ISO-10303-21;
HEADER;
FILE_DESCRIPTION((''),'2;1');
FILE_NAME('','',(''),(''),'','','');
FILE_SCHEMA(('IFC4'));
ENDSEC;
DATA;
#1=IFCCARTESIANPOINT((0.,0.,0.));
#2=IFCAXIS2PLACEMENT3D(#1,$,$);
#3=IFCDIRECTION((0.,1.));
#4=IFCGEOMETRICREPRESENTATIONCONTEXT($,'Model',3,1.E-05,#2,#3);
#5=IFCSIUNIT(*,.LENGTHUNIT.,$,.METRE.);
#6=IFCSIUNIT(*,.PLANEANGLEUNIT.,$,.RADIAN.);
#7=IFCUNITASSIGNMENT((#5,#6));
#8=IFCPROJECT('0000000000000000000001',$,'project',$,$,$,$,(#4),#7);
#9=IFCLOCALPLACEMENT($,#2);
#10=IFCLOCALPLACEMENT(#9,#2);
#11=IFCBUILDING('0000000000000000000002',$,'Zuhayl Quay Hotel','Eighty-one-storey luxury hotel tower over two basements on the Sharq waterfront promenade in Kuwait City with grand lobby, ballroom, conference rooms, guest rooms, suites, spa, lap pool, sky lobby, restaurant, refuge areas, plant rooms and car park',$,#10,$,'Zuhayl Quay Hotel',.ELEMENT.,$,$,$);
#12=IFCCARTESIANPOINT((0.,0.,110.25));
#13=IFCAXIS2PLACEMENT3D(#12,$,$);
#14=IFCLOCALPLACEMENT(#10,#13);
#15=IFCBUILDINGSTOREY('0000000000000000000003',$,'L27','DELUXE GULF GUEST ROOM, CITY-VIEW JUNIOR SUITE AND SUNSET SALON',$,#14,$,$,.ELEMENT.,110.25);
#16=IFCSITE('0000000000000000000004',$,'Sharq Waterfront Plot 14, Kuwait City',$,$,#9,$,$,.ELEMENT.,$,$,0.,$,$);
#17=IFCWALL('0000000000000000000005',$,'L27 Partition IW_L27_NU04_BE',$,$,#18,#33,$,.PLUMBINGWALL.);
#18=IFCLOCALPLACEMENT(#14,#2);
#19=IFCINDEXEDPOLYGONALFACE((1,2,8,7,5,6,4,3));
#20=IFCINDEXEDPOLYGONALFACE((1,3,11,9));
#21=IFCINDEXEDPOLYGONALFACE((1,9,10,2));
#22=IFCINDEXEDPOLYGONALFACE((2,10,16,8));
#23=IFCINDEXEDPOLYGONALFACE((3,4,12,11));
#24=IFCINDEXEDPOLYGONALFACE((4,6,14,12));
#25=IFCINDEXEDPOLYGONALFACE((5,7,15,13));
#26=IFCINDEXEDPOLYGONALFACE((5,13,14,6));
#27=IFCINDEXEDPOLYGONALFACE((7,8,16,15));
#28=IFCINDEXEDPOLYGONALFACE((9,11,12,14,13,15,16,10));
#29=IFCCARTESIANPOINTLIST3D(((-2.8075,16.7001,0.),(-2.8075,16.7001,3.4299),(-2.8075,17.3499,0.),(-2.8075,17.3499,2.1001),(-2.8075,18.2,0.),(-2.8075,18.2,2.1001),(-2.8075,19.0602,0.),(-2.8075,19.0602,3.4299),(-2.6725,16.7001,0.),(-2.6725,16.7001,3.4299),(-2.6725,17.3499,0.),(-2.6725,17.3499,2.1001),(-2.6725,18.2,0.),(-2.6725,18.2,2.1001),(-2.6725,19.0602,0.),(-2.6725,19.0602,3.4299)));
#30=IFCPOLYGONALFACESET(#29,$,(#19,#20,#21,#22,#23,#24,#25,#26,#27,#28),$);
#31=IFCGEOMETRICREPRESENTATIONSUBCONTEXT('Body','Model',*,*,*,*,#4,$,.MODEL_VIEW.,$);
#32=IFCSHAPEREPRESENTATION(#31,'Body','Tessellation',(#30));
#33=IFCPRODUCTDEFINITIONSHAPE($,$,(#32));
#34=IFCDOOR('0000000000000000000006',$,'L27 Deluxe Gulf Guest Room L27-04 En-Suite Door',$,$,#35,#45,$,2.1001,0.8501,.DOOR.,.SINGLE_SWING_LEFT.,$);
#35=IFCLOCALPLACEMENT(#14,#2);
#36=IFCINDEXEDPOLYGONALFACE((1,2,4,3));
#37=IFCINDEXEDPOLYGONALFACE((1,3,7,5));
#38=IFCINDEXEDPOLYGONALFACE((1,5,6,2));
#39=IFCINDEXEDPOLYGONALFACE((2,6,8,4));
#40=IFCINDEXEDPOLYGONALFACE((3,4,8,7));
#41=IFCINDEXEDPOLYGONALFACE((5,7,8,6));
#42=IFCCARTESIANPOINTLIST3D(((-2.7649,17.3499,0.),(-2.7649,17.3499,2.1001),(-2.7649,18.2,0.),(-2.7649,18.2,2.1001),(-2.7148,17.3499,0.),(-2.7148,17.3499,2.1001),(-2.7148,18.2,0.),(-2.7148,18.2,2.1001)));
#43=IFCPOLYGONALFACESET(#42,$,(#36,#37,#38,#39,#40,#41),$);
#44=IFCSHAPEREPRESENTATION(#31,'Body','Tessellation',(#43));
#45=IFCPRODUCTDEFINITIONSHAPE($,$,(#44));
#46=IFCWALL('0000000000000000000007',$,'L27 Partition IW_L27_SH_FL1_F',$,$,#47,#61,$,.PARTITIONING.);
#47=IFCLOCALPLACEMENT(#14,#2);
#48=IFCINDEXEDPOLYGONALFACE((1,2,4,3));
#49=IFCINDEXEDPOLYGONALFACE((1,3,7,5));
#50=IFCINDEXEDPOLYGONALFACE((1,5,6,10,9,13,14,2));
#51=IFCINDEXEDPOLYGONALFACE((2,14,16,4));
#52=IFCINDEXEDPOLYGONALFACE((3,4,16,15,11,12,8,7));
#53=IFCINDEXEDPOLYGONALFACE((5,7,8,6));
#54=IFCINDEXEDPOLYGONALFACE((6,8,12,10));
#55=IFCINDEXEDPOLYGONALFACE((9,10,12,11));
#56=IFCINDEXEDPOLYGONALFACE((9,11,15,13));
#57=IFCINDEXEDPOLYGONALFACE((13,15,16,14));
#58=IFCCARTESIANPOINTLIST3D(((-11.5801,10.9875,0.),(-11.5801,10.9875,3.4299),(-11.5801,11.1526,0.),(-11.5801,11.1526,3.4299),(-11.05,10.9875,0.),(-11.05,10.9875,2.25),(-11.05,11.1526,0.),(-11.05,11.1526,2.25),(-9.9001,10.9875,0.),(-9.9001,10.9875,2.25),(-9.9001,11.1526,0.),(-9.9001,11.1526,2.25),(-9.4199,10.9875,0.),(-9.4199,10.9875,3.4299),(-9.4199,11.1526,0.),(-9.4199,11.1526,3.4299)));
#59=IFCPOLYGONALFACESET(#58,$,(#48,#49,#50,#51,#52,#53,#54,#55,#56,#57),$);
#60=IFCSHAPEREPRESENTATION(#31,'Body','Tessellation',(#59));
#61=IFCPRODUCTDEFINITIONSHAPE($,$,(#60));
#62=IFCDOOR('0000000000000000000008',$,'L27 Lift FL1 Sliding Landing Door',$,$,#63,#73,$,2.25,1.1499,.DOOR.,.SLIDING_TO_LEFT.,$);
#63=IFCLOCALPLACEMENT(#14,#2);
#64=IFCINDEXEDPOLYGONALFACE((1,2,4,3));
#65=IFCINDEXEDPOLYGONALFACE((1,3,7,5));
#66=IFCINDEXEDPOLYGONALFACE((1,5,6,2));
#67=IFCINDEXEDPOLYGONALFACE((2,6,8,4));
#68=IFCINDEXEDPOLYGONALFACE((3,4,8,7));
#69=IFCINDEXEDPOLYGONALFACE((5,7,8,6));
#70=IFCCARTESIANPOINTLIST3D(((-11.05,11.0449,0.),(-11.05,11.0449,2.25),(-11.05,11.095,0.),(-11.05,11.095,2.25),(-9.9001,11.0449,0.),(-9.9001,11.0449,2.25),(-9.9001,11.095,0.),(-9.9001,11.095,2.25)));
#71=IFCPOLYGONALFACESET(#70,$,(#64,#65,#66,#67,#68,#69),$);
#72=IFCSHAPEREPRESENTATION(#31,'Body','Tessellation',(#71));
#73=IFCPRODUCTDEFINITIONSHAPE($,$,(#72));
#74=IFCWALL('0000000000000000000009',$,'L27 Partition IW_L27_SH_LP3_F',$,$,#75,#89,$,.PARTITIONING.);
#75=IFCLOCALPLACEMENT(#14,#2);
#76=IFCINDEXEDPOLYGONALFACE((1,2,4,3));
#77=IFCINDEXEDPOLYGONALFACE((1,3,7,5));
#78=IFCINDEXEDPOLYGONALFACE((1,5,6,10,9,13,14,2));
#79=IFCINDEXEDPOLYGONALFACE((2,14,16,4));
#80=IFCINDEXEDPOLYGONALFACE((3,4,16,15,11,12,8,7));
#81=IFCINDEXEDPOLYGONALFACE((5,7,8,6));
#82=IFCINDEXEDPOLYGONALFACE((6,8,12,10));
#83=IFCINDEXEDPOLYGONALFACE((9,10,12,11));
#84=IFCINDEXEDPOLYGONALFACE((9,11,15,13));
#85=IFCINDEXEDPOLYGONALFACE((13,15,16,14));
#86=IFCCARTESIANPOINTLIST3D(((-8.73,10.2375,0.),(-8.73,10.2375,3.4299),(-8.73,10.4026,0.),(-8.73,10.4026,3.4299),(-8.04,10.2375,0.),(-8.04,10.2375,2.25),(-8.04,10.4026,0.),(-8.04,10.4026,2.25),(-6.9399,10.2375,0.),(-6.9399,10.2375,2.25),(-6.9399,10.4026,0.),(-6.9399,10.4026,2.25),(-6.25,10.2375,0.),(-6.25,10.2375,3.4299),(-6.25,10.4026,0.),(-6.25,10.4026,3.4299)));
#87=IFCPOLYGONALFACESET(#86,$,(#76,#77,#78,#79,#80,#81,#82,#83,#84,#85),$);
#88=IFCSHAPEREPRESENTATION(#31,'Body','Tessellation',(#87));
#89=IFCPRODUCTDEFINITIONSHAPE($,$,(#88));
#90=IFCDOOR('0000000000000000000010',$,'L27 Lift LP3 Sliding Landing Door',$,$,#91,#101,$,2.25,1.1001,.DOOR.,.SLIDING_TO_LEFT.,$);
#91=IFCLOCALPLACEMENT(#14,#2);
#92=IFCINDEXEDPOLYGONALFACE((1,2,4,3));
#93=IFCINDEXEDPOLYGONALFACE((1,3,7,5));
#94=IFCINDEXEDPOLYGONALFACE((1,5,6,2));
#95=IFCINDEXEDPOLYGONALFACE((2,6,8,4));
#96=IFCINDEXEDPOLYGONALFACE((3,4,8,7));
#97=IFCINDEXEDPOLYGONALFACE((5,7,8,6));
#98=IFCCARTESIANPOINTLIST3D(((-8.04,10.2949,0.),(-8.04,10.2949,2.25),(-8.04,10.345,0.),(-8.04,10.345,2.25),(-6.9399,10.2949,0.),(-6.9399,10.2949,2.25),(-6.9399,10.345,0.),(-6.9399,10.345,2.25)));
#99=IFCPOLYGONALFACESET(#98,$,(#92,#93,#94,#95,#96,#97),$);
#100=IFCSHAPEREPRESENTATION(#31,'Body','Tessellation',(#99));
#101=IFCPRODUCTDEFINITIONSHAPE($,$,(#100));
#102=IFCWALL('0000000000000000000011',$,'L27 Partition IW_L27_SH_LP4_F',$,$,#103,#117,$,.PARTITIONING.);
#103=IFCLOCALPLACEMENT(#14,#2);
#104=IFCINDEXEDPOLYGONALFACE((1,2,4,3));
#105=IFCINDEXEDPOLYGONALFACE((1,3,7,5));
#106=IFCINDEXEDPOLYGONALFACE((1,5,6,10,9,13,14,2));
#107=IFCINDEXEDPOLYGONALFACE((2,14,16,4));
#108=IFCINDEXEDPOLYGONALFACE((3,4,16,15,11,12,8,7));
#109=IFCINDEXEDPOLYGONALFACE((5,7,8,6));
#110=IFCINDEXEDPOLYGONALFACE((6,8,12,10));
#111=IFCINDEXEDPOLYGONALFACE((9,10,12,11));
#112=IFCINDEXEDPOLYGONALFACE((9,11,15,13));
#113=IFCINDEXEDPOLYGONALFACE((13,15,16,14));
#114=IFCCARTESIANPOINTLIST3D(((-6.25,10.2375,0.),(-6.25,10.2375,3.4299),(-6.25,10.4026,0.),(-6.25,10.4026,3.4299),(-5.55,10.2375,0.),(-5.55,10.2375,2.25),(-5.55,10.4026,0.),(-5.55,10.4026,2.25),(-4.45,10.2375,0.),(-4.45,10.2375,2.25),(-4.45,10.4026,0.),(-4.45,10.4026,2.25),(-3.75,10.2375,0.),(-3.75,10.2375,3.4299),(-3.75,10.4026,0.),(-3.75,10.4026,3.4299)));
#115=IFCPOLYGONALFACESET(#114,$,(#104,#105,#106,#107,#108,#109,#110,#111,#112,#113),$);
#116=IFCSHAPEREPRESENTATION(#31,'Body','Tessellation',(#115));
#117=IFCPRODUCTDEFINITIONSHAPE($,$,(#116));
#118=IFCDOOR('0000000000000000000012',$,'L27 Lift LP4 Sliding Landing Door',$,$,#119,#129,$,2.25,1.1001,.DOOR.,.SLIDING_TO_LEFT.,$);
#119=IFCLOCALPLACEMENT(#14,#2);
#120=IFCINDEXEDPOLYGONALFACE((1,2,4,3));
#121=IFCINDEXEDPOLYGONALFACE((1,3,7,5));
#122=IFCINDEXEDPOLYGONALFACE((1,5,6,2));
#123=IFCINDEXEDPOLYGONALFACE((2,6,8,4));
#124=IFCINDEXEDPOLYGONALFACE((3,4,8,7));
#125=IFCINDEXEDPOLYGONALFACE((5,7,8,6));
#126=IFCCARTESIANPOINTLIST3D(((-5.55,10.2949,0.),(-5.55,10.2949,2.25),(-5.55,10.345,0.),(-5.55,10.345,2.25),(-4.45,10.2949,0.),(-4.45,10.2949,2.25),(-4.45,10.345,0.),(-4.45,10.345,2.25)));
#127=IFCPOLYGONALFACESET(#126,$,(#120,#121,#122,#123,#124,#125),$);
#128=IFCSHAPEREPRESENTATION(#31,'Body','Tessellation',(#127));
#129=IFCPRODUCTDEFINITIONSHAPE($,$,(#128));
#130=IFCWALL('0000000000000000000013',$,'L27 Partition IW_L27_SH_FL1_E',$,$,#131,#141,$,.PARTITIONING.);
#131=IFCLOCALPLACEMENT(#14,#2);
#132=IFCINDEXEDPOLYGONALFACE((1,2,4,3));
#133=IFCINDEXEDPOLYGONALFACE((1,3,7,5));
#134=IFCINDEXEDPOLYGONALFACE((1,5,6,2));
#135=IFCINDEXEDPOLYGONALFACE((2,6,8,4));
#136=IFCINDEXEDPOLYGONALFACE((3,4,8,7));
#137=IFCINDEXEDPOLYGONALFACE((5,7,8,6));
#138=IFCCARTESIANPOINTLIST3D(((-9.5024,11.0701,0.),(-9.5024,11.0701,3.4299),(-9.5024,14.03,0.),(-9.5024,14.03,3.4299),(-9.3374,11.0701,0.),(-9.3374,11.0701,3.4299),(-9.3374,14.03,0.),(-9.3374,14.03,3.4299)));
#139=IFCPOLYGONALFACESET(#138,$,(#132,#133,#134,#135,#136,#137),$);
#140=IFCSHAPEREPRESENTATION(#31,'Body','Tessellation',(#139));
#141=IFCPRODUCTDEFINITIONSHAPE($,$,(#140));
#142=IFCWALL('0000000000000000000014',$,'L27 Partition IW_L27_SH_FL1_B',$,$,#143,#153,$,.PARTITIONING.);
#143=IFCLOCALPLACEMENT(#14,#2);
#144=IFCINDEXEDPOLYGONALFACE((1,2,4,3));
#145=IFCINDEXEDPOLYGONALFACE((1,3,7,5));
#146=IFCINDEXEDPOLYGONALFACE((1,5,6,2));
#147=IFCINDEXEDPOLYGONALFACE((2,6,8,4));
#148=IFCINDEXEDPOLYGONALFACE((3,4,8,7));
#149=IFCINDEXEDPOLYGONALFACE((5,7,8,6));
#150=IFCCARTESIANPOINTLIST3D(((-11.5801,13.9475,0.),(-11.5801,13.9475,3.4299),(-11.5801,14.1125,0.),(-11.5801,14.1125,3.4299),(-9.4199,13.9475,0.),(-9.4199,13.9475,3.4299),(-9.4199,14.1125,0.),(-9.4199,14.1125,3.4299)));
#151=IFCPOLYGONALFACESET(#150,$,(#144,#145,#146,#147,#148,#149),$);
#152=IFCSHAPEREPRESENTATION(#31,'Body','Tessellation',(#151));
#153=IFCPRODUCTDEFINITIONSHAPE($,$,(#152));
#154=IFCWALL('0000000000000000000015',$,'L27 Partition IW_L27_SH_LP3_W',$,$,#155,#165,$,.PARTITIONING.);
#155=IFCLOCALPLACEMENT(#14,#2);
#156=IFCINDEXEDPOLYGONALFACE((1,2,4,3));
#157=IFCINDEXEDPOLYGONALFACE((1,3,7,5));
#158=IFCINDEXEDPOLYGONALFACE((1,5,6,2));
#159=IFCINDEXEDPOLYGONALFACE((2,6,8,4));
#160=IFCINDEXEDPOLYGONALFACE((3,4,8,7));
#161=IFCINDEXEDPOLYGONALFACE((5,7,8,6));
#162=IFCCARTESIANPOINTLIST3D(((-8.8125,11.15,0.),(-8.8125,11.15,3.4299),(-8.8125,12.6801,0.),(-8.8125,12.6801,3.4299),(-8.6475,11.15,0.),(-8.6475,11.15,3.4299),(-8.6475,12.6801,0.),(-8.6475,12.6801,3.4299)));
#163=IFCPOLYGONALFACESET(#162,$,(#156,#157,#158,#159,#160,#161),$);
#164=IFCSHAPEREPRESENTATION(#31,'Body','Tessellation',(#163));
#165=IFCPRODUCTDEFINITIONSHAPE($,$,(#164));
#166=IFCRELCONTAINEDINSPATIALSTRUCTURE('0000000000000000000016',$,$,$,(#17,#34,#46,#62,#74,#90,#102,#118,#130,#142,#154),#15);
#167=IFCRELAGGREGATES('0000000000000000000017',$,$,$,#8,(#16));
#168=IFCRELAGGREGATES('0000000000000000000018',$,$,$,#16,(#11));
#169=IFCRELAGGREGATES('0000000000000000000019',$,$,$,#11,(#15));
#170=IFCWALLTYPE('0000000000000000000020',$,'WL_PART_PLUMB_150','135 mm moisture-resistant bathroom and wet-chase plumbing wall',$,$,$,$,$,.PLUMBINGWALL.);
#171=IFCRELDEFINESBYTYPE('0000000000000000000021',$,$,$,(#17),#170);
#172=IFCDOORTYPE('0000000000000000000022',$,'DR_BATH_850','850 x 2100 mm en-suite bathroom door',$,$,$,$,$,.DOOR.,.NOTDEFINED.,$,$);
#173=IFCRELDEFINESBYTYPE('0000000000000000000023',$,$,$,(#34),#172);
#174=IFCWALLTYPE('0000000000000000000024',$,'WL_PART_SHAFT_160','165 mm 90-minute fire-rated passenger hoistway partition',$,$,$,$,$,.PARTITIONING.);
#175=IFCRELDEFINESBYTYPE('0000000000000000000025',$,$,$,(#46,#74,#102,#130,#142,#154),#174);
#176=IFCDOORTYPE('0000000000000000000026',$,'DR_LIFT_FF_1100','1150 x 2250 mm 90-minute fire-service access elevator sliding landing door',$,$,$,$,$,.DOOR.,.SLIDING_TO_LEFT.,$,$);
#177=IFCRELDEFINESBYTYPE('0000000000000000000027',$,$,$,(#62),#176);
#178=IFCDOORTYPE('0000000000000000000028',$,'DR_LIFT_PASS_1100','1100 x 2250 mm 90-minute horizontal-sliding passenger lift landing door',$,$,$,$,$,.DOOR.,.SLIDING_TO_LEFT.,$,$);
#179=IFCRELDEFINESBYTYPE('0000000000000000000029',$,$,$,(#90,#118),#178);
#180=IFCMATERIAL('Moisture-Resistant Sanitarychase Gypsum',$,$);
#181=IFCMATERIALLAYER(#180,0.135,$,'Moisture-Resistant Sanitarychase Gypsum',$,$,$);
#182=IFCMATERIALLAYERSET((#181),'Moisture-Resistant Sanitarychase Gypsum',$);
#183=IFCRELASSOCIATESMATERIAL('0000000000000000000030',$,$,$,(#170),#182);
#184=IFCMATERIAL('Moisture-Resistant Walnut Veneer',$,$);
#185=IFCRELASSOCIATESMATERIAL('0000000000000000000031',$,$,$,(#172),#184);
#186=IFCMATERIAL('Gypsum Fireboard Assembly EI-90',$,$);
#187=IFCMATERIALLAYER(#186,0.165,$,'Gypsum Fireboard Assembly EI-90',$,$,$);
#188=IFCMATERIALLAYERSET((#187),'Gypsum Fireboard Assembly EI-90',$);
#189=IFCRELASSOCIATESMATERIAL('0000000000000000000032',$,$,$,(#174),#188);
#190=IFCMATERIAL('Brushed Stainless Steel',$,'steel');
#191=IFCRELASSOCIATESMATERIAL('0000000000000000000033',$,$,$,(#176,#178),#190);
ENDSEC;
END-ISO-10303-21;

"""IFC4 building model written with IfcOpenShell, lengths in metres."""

from ifc_helpers import new_model, si_unit, direction, frame, frame_2d, origin, place, context, subcontext, project, spatial, rectangle, extrude, material, layer, layer_set, type_object, element, fill, save


model = new_model("IFC4")

# Units and contexts
model_context = context("Model", 3, precision=1e-05, world=origin(), true_north=direction((0.0, 1.0)))
body_context = subcontext(model_context, "Body", "Model", "MODEL_VIEW")
ifc_project = project(units=[si_unit("LENGTHUNIT", "METRE"), si_unit("PLANEANGLEUNIT", "RADIAN")], contexts=[model_context])

# Site, building, storey
site_placement = place(None, origin())
site = spatial("IfcSite", under=ifc_project, at=site_placement, Name="Sharq Waterfront Plot 14, Kuwait City", CompositionType="ELEMENT", RefElevation=0.0)
building_placement = place(site_placement, origin())
building = spatial("IfcBuilding", under=site, at=building_placement, Name="Zuhayl Quay Hotel", Description="Eighty-one-storey luxury hotel tower over two basements on the Sharq waterfront promenade in Kuwait City with grand lobby, ballroom, conference rooms, guest rooms, suites, spa, lap pool, sky lobby, restaurant, refuge areas, plant rooms and car park", LongName="Zuhayl Quay Hotel", CompositionType="ELEMENT")
storey_placement = place(building_placement, frame((0.0, 0.0, 110.25)))
storey = spatial("IfcBuildingStorey", under=building, at=storey_placement, Name="L27", Description="DELUXE GULF GUEST ROOM, CITY-VIEW JUNIOR SUITE AND SUNSET SALON", CompositionType="ELEMENT", Elevation=110.25)

# Walls, openings, doors
ifc_material_1 = material(Name="Moisture-Resistant Sanitarychase Gypsum")
ifc_layer_1 = layer(ifc_material_1, 0.135, Name="Moisture-Resistant Sanitarychase Gypsum")
ifc_layer_set_1 = layer_set([ifc_layer_1], Name="Moisture-Resistant Sanitarychase Gypsum")
wall_type_1 = type_object("IfcWallType", Name="WL_PART_PLUMB_150", Description="135 mm moisture-resistant bathroom and wet-chase plumbing wall", PredefinedType="PLUMBINGWALL", material=ifc_layer_set_1)
ifc_material_2 = material(Name="Moisture-Resistant Walnut Veneer")
door_type_1 = type_object("IfcDoorType", Name="DR_BATH_850", Description="850 x 2100 mm en-suite bathroom door", OperationType="NOTDEFINED", PredefinedType="DOOR", material=ifc_material_2)
wall_1_placement = place(storey_placement, frame((-2.74, 16.7, 0.0), z_axis=(0.0, 0.0, 1.0), x_axis=(0.0, 1.0, 0.0)))
wall_1 = element("IfcWall", 1, at=wall_1_placement, inside=storey, type_object=wall_type_1, Name="L27 Partition IW_L27_NU04_BE", PredefinedType="PLUMBINGWALL", context=body_context, shape_type="SweptSolid", body=[
    extrude(rectangle(XDim=2.3601, YDim=0.135, at=frame_2d((1.1802, 0.0))), origin(), (0.0, 0.0, 1.0), 3.4299),
])
opening_1_placement = place(wall_1_placement, frame((0.6499, 0.0, 0.0)))
opening_1 = element("IfcOpeningElement", 2, at=opening_1_placement, cuts=wall_1, PredefinedType="OPENING", context=body_context, shape_type="SweptSolid", body=[
    extrude(rectangle(XDim=0.8501, YDim=2.1001, at=frame_2d((0.425, 1.05))), frame((0.0, 0.0774, 0.0), z_axis=(0.0, -1.0, 0.0), x_axis=(1.0, 0.0, 0.0)), (0.0, 0.0, 1.0), 0.155),
])
door_1_placement = place(opening_1_placement, origin())
door_1 = element("IfcDoor", 3, at=door_1_placement, inside=storey, type_object=door_type_1, Name="L27 Deluxe Gulf Guest Room L27-04 En-Suite Door", OperationType="SINGLE_SWING_LEFT", OverallHeight=2.1001, OverallWidth=0.8501, PredefinedType="DOOR", context=body_context, shape_type="SweptSolid", body=[
    extrude(rectangle(XDim=0.8501, YDim=2.1001, at=frame_2d((0.425, 1.05))), frame((0.0, 0.0249, 0.0), z_axis=(0.0, -1.0, 0.0), x_axis=(1.0, 0.0, 0.0)), (0.0, 0.0, 1.0), 0.05),
])
fill(opening_1, door_1)
ifc_material_3 = material(Name="Gypsum Fireboard Assembly EI-90")
ifc_layer_2 = layer(ifc_material_3, 0.165, Name="Gypsum Fireboard Assembly EI-90")
ifc_layer_set_2 = layer_set([ifc_layer_2], Name="Gypsum Fireboard Assembly EI-90")
wall_type_2 = type_object("IfcWallType", Name="WL_PART_SHAFT_160", Description="165 mm 90-minute fire-rated passenger hoistway partition", PredefinedType="PARTITIONING", material=ifc_layer_set_2)
wall_2_placement = place(storey_placement, frame((-11.5801, 11.0701, 0.0), z_axis=(0.0, 0.0, 1.0), x_axis=(1.0, 0.0, 0.0)))
wall_2 = element("IfcWall", 4, at=wall_2_placement, inside=storey, type_object=wall_type_2, Name="L27 Partition IW_L27_SH_FL1_F", PredefinedType="PARTITIONING", context=body_context, shape_type="SweptSolid", body=[
    extrude(rectangle(XDim=2.1602, YDim=0.165, at=frame_2d((1.0801, 0.0))), origin(), (0.0, 0.0, 1.0), 3.4299),
])
opening_2_placement = place(wall_2_placement, frame((0.53, 0.0, 0.0)))
opening_2 = element("IfcOpeningElement", 5, at=opening_2_placement, cuts=wall_2, PredefinedType="OPENING", context=body_context, shape_type="SweptSolid", body=[
    extrude(rectangle(XDim=1.1499, YDim=2.25, at=frame_2d((0.575, 1.125))), frame((0.0, 0.0925, 0.0), z_axis=(0.0, -1.0, 0.0), x_axis=(1.0, 0.0, 0.0)), (0.0, 0.0, 1.0), 0.1851),
])
ifc_material_4 = material(Name="Brushed Stainless Steel", Category="steel")
door_type_2 = type_object("IfcDoorType", Name="DR_LIFT_FF_1100", Description="1150 x 2250 mm 90-minute fire-service access elevator sliding landing door", OperationType="SLIDING_TO_LEFT", PredefinedType="DOOR", material=ifc_material_4)
door_2_placement = place(opening_2_placement, origin())
door_2 = element("IfcDoor", 6, at=door_2_placement, inside=storey, type_object=door_type_2, Name="L27 Lift FL1 Sliding Landing Door", OperationType="SLIDING_TO_LEFT", OverallHeight=2.25, OverallWidth=1.1499, PredefinedType="DOOR", context=body_context, shape_type="SweptSolid", body=[
    extrude(rectangle(XDim=1.1499, YDim=2.25, at=frame_2d((0.575, 1.125))), frame((0.0, 0.0249, 0.0), z_axis=(0.0, -1.0, 0.0), x_axis=(1.0, 0.0, 0.0)), (0.0, 0.0, 1.0), 0.05),
])
fill(opening_2, door_2)
wall_3_placement = place(storey_placement, frame((-8.73, 10.3201, 0.0), z_axis=(0.0, 0.0, 1.0), x_axis=(1.0, 0.0, 0.0)))
wall_3 = element("IfcWall", 7, at=wall_3_placement, inside=storey, type_object=wall_type_2, Name="L27 Partition IW_L27_SH_LP3_F", PredefinedType="PARTITIONING", context=body_context, shape_type="SweptSolid", body=[
    extrude(rectangle(XDim=2.48, YDim=0.165, at=frame_2d((1.24, 0.0))), origin(), (0.0, 0.0, 1.0), 3.4299),
])
opening_3_placement = place(wall_3_placement, frame((0.6899, 0.0, 0.0)))
opening_3 = element("IfcOpeningElement", 8, at=opening_3_placement, cuts=wall_3, PredefinedType="OPENING", context=body_context, shape_type="SweptSolid", body=[
    extrude(rectangle(XDim=1.1001, YDim=2.25, at=frame_2d((0.55, 1.125))), frame((0.0, 0.0925, 0.0), z_axis=(0.0, -1.0, 0.0), x_axis=(1.0, 0.0, 0.0)), (0.0, 0.0, 1.0), 0.1851),
])
door_type_3 = type_object("IfcDoorType", Name="DR_LIFT_PASS_1100", Description="1100 x 2250 mm 90-minute horizontal-sliding passenger lift landing door", OperationType="SLIDING_TO_LEFT", PredefinedType="DOOR", material=ifc_material_4)
door_3_placement = place(opening_3_placement, origin())
door_3 = element("IfcDoor", 9, at=door_3_placement, inside=storey, type_object=door_type_3, Name="L27 Lift LP3 Sliding Landing Door", OperationType="SLIDING_TO_LEFT", OverallHeight=2.25, OverallWidth=1.1001, PredefinedType="DOOR", context=body_context, shape_type="SweptSolid", body=[
    extrude(rectangle(XDim=1.1001, YDim=2.25, at=frame_2d((0.55, 1.125))), frame((0.0, 0.0249, 0.0), z_axis=(0.0, -1.0, 0.0), x_axis=(1.0, 0.0, 0.0)), (0.0, 0.0, 1.0), 0.05),
])
fill(opening_3, door_3)
wall_4_placement = place(storey_placement, frame((-6.25, 10.3201, 0.0), z_axis=(0.0, 0.0, 1.0), x_axis=(1.0, 0.0, 0.0)))
wall_4 = element("IfcWall", 10, at=wall_4_placement, inside=storey, type_object=wall_type_2, Name="L27 Partition IW_L27_SH_LP4_F", PredefinedType="PARTITIONING", context=body_context, shape_type="SweptSolid", body=[
    extrude(rectangle(XDim=2.5, YDim=0.165, at=frame_2d((1.25, 0.0))), origin(), (0.0, 0.0, 1.0), 3.4299),
])
opening_4_placement = place(wall_4_placement, frame((0.7, 0.0, 0.0)))
opening_4 = element("IfcOpeningElement", 11, at=opening_4_placement, cuts=wall_4, PredefinedType="OPENING", context=body_context, shape_type="SweptSolid", body=[
    extrude(rectangle(XDim=1.1001, YDim=2.25, at=frame_2d((0.55, 1.125))), frame((0.0, 0.0925, 0.0), z_axis=(0.0, -1.0, 0.0), x_axis=(1.0, 0.0, 0.0)), (0.0, 0.0, 1.0), 0.1851),
])
door_4_placement = place(opening_4_placement, origin())
door_4 = element("IfcDoor", 12, at=door_4_placement, inside=storey, type_object=door_type_3, Name="L27 Lift LP4 Sliding Landing Door", OperationType="SLIDING_TO_LEFT", OverallHeight=2.25, OverallWidth=1.1001, PredefinedType="DOOR", context=body_context, shape_type="SweptSolid", body=[
    extrude(rectangle(XDim=1.1001, YDim=2.25, at=frame_2d((0.55, 1.125))), frame((0.0, 0.0249, 0.0), z_axis=(0.0, -1.0, 0.0), x_axis=(1.0, 0.0, 0.0)), (0.0, 0.0, 1.0), 0.05),
])
fill(opening_4, door_4)

# Walls
wall_5_placement = place(storey_placement, frame((-9.4199, 11.0701, 0.0), z_axis=(0.0, 0.0, 1.0), x_axis=(0.0, 1.0, 0.0)))
element("IfcWall", 13, at=wall_5_placement, inside=storey, type_object=wall_type_2, Name="L27 Partition IW_L27_SH_FL1_E", PredefinedType="PARTITIONING", context=body_context, shape_type="SweptSolid", body=[
    extrude(rectangle(XDim=2.96, YDim=0.165, at=frame_2d((1.48, 0.0))), origin(), (0.0, 0.0, 1.0), 3.4299),
])
wall_6_placement = place(storey_placement, frame((-11.5801, 14.03, 0.0), z_axis=(0.0, 0.0, 1.0), x_axis=(1.0, 0.0, 0.0)))
element("IfcWall", 14, at=wall_6_placement, inside=storey, type_object=wall_type_2, Name="L27 Partition IW_L27_SH_FL1_B", PredefinedType="PARTITIONING", context=body_context, shape_type="SweptSolid", body=[
    extrude(rectangle(XDim=2.1602, YDim=0.165, at=frame_2d((1.0801, 0.0))), origin(), (0.0, 0.0, 1.0), 3.4299),
])
wall_7_placement = place(storey_placement, frame((-8.73, 11.1499, 0.0), z_axis=(0.0, 0.0, 1.0), x_axis=(0.0, 1.0, 0.0)))
element("IfcWall", 15, at=wall_7_placement, inside=storey, type_object=wall_type_2, Name="L27 Partition IW_L27_SH_LP3_W", PredefinedType="PARTITIONING", context=body_context, shape_type="SweptSolid", body=[
    extrude(rectangle(XDim=1.53, YDim=0.165, at=frame_2d((0.7651, 0.0))), origin(), (0.0, 0.0, 1.0), 3.4299),
])

save(model, "model.ifc")
